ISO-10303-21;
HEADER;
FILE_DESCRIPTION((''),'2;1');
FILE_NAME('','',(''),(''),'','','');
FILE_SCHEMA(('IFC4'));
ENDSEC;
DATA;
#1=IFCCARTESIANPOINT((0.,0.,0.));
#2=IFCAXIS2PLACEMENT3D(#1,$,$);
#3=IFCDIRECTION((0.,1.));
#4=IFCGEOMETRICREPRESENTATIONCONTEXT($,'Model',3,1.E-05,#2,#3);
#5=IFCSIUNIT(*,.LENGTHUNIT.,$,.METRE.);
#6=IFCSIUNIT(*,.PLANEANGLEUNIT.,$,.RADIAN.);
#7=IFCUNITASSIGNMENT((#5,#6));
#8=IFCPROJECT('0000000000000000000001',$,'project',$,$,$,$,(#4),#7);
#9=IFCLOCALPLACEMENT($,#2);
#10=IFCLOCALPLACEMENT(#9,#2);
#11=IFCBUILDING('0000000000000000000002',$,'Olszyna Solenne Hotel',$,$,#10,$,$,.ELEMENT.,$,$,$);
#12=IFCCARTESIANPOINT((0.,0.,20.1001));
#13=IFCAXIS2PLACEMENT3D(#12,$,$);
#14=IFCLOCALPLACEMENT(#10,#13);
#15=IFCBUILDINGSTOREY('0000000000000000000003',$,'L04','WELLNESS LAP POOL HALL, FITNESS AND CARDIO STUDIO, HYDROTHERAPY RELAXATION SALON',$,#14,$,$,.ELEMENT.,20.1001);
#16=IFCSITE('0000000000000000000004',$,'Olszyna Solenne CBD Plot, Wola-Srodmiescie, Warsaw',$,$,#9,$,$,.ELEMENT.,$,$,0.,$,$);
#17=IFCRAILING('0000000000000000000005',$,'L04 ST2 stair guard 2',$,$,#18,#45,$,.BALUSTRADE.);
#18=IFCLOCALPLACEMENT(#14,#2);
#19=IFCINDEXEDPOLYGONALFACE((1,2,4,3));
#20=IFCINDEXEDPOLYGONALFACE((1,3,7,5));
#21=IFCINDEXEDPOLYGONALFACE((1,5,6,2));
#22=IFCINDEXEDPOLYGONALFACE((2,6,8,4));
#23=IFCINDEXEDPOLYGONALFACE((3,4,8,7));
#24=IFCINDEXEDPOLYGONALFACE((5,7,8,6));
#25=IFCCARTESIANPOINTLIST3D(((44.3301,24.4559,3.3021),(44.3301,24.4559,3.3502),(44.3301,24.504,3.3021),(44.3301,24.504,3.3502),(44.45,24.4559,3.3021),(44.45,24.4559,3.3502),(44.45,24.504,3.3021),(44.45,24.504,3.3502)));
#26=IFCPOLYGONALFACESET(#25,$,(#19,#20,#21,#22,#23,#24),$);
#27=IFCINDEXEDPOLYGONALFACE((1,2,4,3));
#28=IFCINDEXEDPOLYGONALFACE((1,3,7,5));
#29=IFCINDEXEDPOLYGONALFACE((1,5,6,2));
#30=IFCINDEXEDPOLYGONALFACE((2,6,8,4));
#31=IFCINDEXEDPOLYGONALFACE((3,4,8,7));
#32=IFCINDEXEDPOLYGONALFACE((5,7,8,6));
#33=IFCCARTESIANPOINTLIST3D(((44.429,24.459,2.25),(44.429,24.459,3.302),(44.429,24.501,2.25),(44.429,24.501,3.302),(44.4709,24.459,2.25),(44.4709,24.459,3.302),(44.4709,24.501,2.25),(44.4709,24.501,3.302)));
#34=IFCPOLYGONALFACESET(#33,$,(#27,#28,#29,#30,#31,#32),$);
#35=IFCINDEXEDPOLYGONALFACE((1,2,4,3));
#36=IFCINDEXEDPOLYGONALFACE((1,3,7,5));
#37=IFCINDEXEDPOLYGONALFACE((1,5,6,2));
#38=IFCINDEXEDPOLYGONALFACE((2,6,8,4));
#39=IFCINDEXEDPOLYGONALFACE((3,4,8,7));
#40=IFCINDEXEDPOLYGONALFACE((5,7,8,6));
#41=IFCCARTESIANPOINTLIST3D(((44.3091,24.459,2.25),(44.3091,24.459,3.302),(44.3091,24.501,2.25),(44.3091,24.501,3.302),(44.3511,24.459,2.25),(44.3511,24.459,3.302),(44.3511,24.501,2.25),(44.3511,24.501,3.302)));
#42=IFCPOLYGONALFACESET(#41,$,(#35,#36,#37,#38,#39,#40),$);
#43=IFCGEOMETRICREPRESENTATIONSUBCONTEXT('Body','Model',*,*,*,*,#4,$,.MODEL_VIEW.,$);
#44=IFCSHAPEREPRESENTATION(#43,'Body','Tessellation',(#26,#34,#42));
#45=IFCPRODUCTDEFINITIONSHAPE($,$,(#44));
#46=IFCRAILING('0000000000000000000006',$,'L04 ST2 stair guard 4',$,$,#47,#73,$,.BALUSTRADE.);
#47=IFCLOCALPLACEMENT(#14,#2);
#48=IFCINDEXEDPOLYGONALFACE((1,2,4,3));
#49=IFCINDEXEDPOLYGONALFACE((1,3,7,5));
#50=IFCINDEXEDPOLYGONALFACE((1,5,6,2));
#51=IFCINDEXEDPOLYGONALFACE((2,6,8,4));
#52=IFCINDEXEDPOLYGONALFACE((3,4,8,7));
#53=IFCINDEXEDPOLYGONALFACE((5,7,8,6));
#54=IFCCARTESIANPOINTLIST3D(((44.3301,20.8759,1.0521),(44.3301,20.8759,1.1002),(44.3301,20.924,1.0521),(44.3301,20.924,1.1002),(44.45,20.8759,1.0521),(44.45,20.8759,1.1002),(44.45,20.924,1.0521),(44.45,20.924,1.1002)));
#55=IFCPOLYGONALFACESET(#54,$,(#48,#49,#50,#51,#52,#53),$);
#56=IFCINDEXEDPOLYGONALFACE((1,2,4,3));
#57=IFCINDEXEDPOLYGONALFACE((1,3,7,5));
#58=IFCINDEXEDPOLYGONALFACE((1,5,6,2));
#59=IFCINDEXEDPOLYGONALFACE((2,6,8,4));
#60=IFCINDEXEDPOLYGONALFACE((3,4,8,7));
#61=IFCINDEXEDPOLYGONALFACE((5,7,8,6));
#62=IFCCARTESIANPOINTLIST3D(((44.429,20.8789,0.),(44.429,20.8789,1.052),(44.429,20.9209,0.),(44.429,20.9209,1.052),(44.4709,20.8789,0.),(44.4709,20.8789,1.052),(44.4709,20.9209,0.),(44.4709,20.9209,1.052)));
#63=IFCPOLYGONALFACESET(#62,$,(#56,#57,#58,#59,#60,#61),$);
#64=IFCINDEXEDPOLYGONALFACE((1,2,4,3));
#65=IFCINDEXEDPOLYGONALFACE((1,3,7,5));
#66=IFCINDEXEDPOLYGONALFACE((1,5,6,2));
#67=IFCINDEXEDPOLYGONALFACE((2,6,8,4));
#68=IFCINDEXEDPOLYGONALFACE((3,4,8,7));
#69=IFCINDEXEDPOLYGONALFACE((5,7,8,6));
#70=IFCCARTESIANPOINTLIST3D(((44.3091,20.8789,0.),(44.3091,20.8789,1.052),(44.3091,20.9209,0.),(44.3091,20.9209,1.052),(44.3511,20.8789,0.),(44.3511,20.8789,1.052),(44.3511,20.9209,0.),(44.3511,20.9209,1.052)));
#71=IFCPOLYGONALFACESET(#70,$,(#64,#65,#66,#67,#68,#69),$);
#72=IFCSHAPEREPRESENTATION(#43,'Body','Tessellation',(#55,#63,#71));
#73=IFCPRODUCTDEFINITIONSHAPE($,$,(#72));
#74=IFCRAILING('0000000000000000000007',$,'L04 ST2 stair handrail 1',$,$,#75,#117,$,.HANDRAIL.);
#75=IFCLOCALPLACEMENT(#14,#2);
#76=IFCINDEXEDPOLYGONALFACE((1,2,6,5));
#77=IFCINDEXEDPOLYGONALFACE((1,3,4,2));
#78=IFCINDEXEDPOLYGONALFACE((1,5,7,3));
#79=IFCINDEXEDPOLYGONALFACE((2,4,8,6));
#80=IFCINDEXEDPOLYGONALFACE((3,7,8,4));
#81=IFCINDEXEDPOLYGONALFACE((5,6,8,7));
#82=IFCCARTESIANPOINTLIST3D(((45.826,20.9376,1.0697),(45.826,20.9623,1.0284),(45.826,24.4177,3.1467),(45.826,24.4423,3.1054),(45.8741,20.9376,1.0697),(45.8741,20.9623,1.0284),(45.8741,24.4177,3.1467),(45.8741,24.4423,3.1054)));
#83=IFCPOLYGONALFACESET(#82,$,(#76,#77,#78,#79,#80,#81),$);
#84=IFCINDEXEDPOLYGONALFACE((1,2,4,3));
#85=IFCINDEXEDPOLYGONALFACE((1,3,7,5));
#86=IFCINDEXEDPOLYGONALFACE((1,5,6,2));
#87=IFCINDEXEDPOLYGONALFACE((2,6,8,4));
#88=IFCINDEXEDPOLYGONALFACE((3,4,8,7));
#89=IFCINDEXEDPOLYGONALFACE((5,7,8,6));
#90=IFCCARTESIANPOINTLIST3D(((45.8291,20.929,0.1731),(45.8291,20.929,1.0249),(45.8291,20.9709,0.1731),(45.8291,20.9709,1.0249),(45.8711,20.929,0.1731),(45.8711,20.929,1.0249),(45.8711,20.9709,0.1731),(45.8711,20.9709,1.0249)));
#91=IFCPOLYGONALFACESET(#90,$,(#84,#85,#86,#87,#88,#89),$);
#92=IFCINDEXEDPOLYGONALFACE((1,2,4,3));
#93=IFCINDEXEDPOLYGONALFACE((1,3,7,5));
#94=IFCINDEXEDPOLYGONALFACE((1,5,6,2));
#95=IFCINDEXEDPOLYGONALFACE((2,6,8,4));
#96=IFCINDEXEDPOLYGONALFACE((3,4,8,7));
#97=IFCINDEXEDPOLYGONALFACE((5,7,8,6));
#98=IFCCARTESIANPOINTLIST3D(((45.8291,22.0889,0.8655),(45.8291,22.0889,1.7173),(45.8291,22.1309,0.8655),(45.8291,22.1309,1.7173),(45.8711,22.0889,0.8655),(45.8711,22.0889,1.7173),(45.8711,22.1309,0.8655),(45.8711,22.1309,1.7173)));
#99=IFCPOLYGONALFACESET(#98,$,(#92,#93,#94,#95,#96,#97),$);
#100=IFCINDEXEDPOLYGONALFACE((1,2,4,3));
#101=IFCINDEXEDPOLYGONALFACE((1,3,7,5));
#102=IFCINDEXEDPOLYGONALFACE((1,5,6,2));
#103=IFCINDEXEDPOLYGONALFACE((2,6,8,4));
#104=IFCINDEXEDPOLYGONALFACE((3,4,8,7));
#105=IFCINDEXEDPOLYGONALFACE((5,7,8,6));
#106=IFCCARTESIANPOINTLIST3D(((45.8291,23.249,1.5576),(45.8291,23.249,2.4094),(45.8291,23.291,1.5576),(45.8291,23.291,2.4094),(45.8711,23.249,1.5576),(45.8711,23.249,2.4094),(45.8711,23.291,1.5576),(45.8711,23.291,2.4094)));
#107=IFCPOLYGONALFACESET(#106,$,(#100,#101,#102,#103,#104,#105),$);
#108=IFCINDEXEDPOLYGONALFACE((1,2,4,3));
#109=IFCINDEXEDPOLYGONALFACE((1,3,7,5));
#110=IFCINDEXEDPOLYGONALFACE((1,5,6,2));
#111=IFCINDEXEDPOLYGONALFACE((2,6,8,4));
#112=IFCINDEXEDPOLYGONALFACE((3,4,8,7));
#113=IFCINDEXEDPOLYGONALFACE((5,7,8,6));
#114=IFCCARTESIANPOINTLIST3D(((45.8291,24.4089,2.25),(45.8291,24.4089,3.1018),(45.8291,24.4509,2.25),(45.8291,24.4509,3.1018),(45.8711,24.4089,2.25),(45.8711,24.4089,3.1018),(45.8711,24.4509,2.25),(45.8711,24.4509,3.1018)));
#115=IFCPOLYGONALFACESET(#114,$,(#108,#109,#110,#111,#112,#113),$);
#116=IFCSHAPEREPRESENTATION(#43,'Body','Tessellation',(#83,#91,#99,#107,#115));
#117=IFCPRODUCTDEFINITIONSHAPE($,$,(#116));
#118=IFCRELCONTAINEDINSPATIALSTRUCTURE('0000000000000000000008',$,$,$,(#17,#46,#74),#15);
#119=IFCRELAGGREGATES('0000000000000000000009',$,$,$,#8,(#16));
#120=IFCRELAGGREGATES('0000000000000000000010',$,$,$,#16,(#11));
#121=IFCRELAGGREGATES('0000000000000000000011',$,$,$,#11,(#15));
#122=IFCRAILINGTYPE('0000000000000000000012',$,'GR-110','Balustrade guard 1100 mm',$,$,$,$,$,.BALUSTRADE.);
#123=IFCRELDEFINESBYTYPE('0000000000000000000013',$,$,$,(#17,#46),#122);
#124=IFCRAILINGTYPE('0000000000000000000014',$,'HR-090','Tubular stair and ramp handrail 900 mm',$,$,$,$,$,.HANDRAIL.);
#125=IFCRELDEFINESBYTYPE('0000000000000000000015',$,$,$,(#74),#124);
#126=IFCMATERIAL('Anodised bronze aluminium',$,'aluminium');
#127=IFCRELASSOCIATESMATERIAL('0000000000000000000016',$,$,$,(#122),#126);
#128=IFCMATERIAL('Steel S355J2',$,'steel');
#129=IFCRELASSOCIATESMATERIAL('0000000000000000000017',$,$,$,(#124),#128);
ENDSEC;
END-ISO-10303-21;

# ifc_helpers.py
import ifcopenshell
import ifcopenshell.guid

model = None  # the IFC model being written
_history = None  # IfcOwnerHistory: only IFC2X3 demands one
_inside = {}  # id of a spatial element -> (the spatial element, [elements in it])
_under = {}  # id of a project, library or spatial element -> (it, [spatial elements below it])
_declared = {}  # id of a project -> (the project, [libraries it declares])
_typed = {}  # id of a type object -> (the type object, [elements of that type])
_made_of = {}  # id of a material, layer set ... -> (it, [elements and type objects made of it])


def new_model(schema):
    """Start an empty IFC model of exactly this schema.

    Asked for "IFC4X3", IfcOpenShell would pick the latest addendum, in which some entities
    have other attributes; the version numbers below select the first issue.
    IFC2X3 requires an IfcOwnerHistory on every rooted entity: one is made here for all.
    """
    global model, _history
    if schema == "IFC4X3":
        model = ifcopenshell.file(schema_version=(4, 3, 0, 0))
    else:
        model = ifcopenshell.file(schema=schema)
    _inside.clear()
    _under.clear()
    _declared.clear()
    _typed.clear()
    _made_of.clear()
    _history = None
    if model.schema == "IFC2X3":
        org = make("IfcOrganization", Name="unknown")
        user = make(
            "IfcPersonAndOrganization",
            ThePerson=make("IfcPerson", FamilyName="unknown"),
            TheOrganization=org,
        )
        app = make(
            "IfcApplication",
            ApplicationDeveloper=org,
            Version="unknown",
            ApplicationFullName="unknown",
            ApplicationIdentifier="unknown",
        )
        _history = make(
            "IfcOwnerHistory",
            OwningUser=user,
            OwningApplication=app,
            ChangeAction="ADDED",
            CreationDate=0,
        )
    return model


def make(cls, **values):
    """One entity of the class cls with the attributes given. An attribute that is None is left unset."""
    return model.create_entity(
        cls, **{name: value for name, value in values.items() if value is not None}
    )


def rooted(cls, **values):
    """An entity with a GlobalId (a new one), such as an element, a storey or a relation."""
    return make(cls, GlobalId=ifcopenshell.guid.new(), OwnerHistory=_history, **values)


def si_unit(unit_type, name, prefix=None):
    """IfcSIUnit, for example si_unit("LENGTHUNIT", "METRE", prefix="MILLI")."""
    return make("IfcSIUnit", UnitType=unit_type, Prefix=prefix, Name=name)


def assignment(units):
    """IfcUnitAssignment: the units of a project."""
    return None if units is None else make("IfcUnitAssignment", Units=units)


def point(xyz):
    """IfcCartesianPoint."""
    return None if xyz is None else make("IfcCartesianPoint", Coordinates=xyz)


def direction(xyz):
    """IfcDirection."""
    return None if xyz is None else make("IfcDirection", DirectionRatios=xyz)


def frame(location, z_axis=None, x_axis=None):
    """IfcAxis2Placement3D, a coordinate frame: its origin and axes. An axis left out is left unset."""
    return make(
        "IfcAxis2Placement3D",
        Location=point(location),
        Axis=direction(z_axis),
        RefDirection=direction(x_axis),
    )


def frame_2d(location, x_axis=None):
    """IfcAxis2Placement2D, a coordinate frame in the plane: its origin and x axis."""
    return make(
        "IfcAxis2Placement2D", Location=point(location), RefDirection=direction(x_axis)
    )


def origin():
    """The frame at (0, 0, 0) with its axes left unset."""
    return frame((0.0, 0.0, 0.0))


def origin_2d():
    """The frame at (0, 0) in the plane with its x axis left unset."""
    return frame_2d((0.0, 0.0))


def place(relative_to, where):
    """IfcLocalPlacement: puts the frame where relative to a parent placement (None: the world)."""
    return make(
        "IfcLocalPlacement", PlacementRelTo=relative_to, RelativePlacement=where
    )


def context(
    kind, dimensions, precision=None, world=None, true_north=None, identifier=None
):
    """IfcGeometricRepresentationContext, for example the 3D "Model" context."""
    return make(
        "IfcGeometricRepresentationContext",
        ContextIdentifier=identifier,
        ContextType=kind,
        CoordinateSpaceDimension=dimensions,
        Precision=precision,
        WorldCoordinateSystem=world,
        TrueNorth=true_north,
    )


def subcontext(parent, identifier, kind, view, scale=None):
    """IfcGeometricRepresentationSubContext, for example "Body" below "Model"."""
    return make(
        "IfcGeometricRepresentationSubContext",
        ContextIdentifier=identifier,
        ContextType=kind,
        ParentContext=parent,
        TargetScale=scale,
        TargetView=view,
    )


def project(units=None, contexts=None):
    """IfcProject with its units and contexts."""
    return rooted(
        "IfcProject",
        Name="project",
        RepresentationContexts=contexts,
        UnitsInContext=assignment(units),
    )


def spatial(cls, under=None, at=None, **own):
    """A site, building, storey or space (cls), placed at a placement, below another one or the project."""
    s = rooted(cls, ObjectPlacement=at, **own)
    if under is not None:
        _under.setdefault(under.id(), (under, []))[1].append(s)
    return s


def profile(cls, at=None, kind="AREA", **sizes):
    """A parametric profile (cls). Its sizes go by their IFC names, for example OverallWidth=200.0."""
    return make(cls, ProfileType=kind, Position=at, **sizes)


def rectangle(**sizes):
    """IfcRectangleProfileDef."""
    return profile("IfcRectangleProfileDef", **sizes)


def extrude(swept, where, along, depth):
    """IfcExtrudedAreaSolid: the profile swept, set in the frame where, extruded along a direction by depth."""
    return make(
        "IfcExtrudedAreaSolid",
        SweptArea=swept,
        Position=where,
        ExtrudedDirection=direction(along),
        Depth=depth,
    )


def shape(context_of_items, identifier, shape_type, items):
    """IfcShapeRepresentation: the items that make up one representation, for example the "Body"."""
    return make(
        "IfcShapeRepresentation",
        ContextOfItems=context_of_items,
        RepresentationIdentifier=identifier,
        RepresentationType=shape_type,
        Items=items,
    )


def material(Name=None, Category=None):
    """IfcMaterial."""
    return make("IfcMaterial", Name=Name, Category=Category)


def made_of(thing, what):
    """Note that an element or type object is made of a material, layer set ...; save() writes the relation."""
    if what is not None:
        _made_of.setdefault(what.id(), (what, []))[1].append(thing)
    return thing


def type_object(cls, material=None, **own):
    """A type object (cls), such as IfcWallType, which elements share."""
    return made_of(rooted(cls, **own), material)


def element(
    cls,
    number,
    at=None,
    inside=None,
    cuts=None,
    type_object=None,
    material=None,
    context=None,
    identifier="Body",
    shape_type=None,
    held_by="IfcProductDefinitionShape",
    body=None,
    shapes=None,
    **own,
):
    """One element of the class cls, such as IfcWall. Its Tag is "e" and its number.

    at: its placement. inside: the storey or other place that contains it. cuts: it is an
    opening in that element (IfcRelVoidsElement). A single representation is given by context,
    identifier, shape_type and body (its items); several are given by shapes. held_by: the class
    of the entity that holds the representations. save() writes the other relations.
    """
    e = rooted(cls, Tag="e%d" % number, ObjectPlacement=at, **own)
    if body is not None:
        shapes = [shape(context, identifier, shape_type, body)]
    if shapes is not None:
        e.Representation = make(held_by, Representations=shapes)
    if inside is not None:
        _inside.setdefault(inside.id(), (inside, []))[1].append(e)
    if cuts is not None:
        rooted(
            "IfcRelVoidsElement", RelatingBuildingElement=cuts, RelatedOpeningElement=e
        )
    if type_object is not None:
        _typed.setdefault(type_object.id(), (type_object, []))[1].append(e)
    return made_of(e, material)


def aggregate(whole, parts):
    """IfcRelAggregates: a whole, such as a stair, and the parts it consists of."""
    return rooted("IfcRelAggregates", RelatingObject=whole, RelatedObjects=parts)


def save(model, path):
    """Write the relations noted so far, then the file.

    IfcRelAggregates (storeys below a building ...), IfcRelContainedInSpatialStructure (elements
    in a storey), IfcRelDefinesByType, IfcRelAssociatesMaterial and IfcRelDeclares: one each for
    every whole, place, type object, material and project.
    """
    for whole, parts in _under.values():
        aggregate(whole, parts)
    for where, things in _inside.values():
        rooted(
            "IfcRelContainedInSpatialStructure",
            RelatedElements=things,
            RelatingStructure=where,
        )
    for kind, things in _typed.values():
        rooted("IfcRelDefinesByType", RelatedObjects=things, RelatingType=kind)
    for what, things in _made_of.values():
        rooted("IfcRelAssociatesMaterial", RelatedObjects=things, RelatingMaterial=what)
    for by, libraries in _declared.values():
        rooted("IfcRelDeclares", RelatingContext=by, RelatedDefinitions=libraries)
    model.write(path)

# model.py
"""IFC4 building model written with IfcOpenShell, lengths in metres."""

from ifc_helpers import new_model, si_unit, direction, frame, origin, origin_2d, place, context, subcontext, project, spatial, rectangle, extrude, material, type_object, element, save


model = new_model("IFC4")

# Units and contexts
model_context = context("Model", 3, precision=1e-05, world=origin(), true_north=direction((0.0, 1.0)))
body_context = subcontext(model_context, "Body", "Model", "MODEL_VIEW")
ifc_project = project(units=[si_unit("LENGTHUNIT", "METRE"), si_unit("PLANEANGLEUNIT", "RADIAN")], contexts=[model_context])

# Site, building, storey
site_placement = place(None, origin())
site = spatial("IfcSite", under=ifc_project, at=site_placement, Name="Olszyna Solenne CBD Plot, Wola-Srodmiescie, Warsaw", CompositionType="ELEMENT", RefElevation=0.0)
building_placement = place(site_placement, origin())
building = spatial("IfcBuilding", under=site, at=building_placement, Name="Olszyna Solenne Hotel", CompositionType="ELEMENT")
storey_placement = place(building_placement, frame((0.0, 0.0, 20.1001)))
storey = spatial("IfcBuildingStorey", under=building, at=storey_placement, Name="L04", Description="WELLNESS LAP POOL HALL, FITNESS AND CARDIO STUDIO, HYDROTHERAPY RELAXATION SALON", CompositionType="ELEMENT", Elevation=20.1001)

# Shared definitions
ifc_material_1 = material(Name="Steel S355J2", Category="steel")

# Railings
ifc_material_2 = material(Name="Anodised bronze aluminium", Category="aluminium")
railing_type_1 = type_object("IfcRailingType", Name="GR-110", Description="Balustrade guard 1100 mm", PredefinedType="BALUSTRADE", material=ifc_material_2)
for number, where, name in (
    (1, (44.45, 24.48, 2.25), "L04 ST2 stair guard 2"),
    (2, (44.45, 20.8999, 0.0), "L04 ST2 stair guard 4"),
):
    element("IfcRailing", number, at=place(storey_placement, frame(where)), inside=storey, type_object=railing_type_1, Name=name, PredefinedType="BALUSTRADE", context=body_context, shape_type="SweptSolid", body=[
        extrude(rectangle(XDim=0.0481, YDim=0.0481, at=origin_2d()), frame((0.0, 0.0, 1.0762), z_axis=(-1.0, 0.0, 0.0), x_axis=(0.0, -1.0, 0.0)), (0.0, 0.0, 1.0), 0.1199),
        extrude(rectangle(XDim=0.042, YDim=0.042, at=origin_2d()), origin(), (0.0, 0.0, 1.0), 1.052),
        extrude(rectangle(XDim=0.042, YDim=0.042, at=origin_2d()), frame((-0.1199, 0.0, 0.0)), (0.0, 0.0, 1.0), 1.052),
    ])
railing_type_2 = type_object("IfcRailingType", Name="HR-090", Description="Tubular stair and ramp handrail 900 mm", PredefinedType="HANDRAIL", material=ifc_material_1)
railing_1_placement = place(storey_placement, frame((45.8501, 20.95, 0.1731)))
element("IfcRailing", 3, at=railing_1_placement, inside=storey, type_object=railing_type_2, Name="L04 ST2 stair handrail 1", PredefinedType="HANDRAIL", context=body_context, shape_type="SweptSolid", body=[
    extrude(rectangle(XDim=0.0481, YDim=0.0481, at=origin_2d()), frame((0.0, 0.0, 0.876), z_axis=(0.0, 0.858697, 0.512483), x_axis=(-1.0, 0.0, 0.0)), (0.0, 0.0, 1.0), 4.0527),
    extrude(rectangle(XDim=0.042, YDim=0.042, at=origin_2d()), origin(), (0.0, 0.0, 1.0), 0.8518),
    extrude(rectangle(XDim=0.042, YDim=0.042, at=origin_2d()), frame((0.0, 1.1599, 0.6924)), (0.0, 0.0, 1.0), 0.8518),
    extrude(rectangle(XDim=0.042, YDim=0.042, at=origin_2d()), frame((0.0, 2.3201, 1.3845)), (0.0, 0.0, 1.0), 0.8518),
    extrude(rectangle(XDim=0.042, YDim=0.042, at=origin_2d()), frame((0.0, 3.48, 2.0769)), (0.0, 0.0, 1.0), 0.8518),
])

save(model, "model.ifc")
